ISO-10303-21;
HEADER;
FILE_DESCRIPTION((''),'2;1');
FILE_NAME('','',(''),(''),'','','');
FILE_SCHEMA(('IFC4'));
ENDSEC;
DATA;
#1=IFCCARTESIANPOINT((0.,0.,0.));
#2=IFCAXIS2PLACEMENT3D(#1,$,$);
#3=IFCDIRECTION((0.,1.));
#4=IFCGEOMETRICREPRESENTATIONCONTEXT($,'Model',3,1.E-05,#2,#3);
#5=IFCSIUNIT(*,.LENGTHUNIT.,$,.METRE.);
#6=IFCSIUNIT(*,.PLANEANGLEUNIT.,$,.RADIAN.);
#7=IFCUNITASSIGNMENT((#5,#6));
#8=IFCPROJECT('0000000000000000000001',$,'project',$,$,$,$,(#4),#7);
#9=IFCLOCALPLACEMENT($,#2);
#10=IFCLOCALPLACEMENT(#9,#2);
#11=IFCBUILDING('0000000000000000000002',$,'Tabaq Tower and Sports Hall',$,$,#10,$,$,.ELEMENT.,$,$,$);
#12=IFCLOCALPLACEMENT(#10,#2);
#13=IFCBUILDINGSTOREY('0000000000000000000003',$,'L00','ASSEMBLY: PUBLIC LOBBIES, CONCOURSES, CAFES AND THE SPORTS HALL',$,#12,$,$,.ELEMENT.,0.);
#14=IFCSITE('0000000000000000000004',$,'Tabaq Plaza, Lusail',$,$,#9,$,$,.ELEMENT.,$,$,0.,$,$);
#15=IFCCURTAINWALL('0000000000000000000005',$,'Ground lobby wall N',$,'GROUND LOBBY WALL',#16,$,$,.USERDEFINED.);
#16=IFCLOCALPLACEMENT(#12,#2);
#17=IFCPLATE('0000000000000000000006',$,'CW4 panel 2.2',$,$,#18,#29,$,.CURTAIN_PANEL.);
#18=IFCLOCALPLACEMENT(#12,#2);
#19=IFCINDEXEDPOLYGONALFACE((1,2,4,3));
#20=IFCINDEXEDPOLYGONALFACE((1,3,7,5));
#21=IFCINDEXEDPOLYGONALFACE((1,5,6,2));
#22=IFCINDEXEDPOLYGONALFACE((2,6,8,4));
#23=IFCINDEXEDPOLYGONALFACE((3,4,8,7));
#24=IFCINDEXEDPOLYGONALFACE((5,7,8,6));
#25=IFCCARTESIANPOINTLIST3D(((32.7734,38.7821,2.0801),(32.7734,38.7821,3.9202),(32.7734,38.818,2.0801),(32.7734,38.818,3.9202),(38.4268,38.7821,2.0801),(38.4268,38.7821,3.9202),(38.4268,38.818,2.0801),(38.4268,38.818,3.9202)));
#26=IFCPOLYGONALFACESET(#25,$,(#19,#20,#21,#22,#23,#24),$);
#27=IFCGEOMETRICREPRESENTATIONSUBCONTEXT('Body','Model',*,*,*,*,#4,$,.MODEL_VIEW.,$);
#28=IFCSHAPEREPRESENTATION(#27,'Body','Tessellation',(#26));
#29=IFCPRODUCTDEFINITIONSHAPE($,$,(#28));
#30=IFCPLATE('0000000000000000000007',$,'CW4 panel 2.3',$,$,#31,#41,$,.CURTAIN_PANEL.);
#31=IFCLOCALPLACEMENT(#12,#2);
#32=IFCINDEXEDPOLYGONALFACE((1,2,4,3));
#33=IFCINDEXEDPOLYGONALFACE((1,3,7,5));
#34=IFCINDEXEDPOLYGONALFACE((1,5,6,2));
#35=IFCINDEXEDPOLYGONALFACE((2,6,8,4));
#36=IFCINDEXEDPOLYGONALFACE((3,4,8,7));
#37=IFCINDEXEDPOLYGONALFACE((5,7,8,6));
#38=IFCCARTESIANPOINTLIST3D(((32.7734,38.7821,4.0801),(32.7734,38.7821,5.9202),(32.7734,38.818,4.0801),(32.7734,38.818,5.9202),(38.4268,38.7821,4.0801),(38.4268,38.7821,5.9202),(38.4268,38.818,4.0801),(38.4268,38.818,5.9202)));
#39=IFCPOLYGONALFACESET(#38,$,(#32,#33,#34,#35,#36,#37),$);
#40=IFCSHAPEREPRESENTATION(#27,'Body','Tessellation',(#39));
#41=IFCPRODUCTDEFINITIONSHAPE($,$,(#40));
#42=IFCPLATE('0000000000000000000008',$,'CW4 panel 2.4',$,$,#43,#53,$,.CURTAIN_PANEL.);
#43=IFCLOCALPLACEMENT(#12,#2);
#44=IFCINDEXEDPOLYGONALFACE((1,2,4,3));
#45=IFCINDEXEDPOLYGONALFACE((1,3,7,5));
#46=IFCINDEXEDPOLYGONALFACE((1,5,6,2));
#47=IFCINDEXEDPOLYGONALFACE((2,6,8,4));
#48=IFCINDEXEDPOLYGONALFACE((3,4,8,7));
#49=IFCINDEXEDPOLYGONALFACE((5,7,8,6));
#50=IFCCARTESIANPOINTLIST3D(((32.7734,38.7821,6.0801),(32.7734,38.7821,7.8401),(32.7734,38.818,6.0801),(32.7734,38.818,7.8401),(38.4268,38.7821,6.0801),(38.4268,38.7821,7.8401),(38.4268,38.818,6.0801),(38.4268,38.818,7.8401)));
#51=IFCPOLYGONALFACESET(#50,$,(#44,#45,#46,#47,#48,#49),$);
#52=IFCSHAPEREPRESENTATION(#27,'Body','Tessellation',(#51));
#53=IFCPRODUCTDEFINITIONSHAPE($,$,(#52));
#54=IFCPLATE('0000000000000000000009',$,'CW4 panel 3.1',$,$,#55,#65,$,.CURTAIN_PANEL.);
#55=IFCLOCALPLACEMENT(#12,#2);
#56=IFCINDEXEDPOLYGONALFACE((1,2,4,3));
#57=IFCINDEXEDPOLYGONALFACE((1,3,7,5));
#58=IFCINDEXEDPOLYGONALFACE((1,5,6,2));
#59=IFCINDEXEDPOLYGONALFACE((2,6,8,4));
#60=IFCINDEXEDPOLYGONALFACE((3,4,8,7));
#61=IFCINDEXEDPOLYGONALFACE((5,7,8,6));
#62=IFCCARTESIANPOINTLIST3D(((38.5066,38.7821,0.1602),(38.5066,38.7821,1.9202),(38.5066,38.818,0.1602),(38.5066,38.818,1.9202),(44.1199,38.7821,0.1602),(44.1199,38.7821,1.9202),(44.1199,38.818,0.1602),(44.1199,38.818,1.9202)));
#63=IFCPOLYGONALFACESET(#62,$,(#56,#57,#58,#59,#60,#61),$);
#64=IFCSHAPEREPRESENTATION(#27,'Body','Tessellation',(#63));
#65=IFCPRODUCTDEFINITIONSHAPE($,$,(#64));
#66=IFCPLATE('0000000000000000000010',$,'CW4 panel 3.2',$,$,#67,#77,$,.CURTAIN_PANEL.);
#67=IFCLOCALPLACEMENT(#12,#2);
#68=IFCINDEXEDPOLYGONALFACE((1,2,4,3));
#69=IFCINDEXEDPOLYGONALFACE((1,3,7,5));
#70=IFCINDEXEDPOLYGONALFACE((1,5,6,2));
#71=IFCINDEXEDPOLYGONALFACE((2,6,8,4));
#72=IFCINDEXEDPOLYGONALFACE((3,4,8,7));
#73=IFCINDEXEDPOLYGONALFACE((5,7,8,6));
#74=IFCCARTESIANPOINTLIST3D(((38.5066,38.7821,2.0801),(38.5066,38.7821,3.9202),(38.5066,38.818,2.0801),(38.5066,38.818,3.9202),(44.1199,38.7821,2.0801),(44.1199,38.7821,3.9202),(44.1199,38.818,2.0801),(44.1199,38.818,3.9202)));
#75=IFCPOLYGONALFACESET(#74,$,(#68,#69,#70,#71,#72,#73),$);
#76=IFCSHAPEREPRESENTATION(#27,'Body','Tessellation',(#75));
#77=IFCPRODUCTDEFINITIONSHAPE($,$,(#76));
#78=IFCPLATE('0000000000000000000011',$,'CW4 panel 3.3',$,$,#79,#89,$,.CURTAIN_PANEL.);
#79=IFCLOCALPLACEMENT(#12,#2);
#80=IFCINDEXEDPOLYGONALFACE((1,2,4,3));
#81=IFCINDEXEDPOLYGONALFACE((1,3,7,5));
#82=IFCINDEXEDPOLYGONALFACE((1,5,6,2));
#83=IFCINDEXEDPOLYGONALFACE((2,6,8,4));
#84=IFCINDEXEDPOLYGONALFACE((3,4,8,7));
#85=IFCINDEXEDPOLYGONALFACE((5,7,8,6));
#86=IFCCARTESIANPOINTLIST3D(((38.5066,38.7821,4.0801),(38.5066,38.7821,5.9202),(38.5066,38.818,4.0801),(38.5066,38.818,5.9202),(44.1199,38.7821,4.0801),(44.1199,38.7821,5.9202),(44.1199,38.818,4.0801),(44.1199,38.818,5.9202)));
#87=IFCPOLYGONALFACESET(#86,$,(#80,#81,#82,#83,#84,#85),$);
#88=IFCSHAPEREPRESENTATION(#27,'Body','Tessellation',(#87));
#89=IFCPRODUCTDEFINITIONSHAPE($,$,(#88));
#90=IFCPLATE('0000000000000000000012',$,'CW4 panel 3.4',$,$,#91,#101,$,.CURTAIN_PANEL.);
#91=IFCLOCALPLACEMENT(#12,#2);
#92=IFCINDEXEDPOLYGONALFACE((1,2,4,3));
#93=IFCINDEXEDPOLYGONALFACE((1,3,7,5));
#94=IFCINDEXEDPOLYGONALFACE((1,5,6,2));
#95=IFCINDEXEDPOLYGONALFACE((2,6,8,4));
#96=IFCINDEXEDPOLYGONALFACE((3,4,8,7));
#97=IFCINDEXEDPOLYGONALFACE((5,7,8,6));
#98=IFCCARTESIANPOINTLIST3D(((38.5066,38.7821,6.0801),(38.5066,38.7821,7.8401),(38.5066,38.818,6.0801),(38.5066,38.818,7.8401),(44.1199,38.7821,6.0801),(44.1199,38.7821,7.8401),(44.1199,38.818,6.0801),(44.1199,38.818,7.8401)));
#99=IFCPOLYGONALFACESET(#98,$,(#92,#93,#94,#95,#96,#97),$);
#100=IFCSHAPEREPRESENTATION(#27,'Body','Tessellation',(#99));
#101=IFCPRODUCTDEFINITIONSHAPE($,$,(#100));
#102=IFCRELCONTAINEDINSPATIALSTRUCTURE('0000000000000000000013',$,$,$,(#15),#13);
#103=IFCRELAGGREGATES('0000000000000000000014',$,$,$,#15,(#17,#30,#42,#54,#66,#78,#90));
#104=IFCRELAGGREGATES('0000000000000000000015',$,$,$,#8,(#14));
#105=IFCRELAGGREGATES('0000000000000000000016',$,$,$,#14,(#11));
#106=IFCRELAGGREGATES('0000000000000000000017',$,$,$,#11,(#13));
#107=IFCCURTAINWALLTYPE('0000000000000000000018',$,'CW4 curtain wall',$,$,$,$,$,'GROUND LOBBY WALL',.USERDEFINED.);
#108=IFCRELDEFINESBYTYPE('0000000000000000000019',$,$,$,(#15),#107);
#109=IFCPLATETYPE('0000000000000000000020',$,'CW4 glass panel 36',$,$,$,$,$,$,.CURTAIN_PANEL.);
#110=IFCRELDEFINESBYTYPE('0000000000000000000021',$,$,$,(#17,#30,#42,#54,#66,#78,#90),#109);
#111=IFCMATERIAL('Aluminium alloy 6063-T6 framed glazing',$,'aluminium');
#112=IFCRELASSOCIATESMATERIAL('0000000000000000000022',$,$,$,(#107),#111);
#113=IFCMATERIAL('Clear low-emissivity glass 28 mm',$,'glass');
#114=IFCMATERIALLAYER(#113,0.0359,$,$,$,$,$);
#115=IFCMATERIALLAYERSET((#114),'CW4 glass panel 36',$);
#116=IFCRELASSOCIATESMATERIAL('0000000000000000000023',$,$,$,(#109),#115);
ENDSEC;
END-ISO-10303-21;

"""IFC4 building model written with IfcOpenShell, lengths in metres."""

from ifc_helpers import new_model, si_unit, direction, frame, origin, origin_2d, place, context, subcontext, project, spatial, rectangle, extrude, material, layer, layer_set, type_object, element, aggregate, save


model = new_model("IFC4")

# Units and contexts
model_context = context("Model", 3, precision=1e-05, world=origin(), true_north=direction((0.0, 1.0)))
body_context = subcontext(model_context, "Body", "Model", "MODEL_VIEW")
ifc_project = project(units=[si_unit("LENGTHUNIT", "METRE"), si_unit("PLANEANGLEUNIT", "RADIAN")], contexts=[model_context])

# Site, building, storey
site_placement = place(None, origin())
site = spatial("IfcSite", under=ifc_project, at=site_placement, Name="Tabaq Plaza, Lusail", CompositionType="ELEMENT", RefElevation=0.0)
building_placement = place(site_placement, origin())
building = spatial("IfcBuilding", under=site, at=building_placement, Name="Tabaq Tower and Sports Hall", CompositionType="ELEMENT")
storey_placement = place(building_placement, origin())
storey = spatial("IfcBuildingStorey", under=building, at=storey_placement, Name="L00", Description="ASSEMBLY: PUBLIC LOBBIES, CONCOURSES, CAFES AND THE SPORTS HALL", CompositionType="ELEMENT", Elevation=0.0)

# Curtain wall
ifc_material_1 = material(Name="Aluminium alloy 6063-T6 framed glazing", Category="aluminium")
curtain_wall_type = type_object("IfcCurtainWallType", Name="CW4 curtain wall", ElementType="GROUND LOBBY WALL", PredefinedType="USERDEFINED", material=ifc_material_1)
curtain_wall_1_placement = place(storey_placement, origin())
curtain_wall_1 = element("IfcCurtainWall", 1, at=curtain_wall_1_placement, inside=storey, type_object=curtain_wall_type, Name="Ground lobby wall N", ObjectType="GROUND LOBBY WALL", PredefinedType="USERDEFINED")

# Plates
ifc_material_2 = material(Name="Clear low-emissivity glass 28 mm", Category="glass")
ifc_layer_1 = layer(ifc_material_2, 0.0359)
ifc_layer_set_1 = layer_set([ifc_layer_1], Name="CW4 glass panel 36")
plate_type_1 = type_object("IfcPlateType", Name="CW4 glass panel 36", PredefinedType="CURTAIN_PANEL", material=ifc_layer_set_1)
plate_1_placement = place(storey_placement, frame((35.6001, 38.8, 2.0801), z_axis=(0.0, 0.0, 1.0), x_axis=(1.0, 0.0, 0.0)))
plate_1 = element("IfcPlate", 2, at=plate_1_placement, type_object=plate_type_1, Name="CW4 panel 2.2", PredefinedType="CURTAIN_PANEL", context=body_context, shape_type="SweptSolid", body=[
    extrude(rectangle(XDim=5.6533, YDim=0.0359, at=origin_2d()), origin(), (0.0, 0.0, 1.0), 1.8401),
])
plate_2_placement = place(storey_placement, frame((35.6001, 38.8, 4.0801), z_axis=(0.0, 0.0, 1.0), x_axis=(1.0, 0.0, 0.0)))
plate_2 = element("IfcPlate", 3, at=plate_2_placement, type_object=plate_type_1, Name="CW4 panel 2.3", PredefinedType="CURTAIN_PANEL", context=body_context, shape_type="SweptSolid", body=[
    extrude(rectangle(XDim=5.6533, YDim=0.0359, at=origin_2d()), origin(), (0.0, 0.0, 1.0), 1.8401),
])
plate_3_placement = place(storey_placement, frame((35.6001, 38.8, 6.0801), z_axis=(0.0, 0.0, 1.0), x_axis=(1.0, 0.0, 0.0)))
plate_3 = element("IfcPlate", 4, at=plate_3_placement, type_object=plate_type_1, Name="CW4 panel 2.4", PredefinedType="CURTAIN_PANEL", context=body_context, shape_type="SweptSolid", body=[
    extrude(rectangle(XDim=5.6533, YDim=0.0359, at=origin_2d()), origin(), (0.0, 0.0, 1.0), 1.76),
])
plate_4_placement = place(storey_placement, frame((41.3132, 38.8, 0.1602), z_axis=(0.0, 0.0, 1.0), x_axis=(1.0, 0.0, 0.0)))
plate_4 = element("IfcPlate", 5, at=plate_4_placement, type_object=plate_type_1, Name="CW4 panel 3.1", PredefinedType="CURTAIN_PANEL", context=body_context, shape_type="SweptSolid", body=[
    extrude(rectangle(XDim=5.6133, YDim=0.0359, at=origin_2d()), origin(), (0.0, 0.0, 1.0), 1.76),
])
plate_5_placement = place(storey_placement, frame((41.3132, 38.8, 2.0801), z_axis=(0.0, 0.0, 1.0), x_axis=(1.0, 0.0, 0.0)))
plate_5 = element("IfcPlate", 6, at=plate_5_placement, type_object=plate_type_1, Name="CW4 panel 3.2", PredefinedType="CURTAIN_PANEL", context=body_context, shape_type="SweptSolid", body=[
    extrude(rectangle(XDim=5.6133, YDim=0.0359, at=origin_2d()), origin(), (0.0, 0.0, 1.0), 1.8401),
])
plate_6_placement = place(storey_placement, frame((41.3132, 38.8, 4.0801), z_axis=(0.0, 0.0, 1.0), x_axis=(1.0, 0.0, 0.0)))
plate_6 = element("IfcPlate", 7, at=plate_6_placement, type_object=plate_type_1, Name="CW4 panel 3.3", PredefinedType="CURTAIN_PANEL", context=body_context, shape_type="SweptSolid", body=[
    extrude(rectangle(XDim=5.6133, YDim=0.0359, at=origin_2d()), origin(), (0.0, 0.0, 1.0), 1.8401),
])
plate_7_placement = place(storey_placement, frame((41.3132, 38.8, 6.0801), z_axis=(0.0, 0.0, 1.0), x_axis=(1.0, 0.0, 0.0)))
plate_7 = element("IfcPlate", 8, at=plate_7_placement, type_object=plate_type_1, Name="CW4 panel 3.4", PredefinedType="CURTAIN_PANEL", context=body_context, shape_type="SweptSolid", body=[
    extrude(rectangle(XDim=5.6133, YDim=0.0359, at=origin_2d()), origin(), (0.0, 0.0, 1.0), 1.76),
])
aggregate(curtain_wall_1, [plate_1, plate_2, plate_3, plate_4, plate_5, plate_6, plate_7])

save(model, "model.ifc")
